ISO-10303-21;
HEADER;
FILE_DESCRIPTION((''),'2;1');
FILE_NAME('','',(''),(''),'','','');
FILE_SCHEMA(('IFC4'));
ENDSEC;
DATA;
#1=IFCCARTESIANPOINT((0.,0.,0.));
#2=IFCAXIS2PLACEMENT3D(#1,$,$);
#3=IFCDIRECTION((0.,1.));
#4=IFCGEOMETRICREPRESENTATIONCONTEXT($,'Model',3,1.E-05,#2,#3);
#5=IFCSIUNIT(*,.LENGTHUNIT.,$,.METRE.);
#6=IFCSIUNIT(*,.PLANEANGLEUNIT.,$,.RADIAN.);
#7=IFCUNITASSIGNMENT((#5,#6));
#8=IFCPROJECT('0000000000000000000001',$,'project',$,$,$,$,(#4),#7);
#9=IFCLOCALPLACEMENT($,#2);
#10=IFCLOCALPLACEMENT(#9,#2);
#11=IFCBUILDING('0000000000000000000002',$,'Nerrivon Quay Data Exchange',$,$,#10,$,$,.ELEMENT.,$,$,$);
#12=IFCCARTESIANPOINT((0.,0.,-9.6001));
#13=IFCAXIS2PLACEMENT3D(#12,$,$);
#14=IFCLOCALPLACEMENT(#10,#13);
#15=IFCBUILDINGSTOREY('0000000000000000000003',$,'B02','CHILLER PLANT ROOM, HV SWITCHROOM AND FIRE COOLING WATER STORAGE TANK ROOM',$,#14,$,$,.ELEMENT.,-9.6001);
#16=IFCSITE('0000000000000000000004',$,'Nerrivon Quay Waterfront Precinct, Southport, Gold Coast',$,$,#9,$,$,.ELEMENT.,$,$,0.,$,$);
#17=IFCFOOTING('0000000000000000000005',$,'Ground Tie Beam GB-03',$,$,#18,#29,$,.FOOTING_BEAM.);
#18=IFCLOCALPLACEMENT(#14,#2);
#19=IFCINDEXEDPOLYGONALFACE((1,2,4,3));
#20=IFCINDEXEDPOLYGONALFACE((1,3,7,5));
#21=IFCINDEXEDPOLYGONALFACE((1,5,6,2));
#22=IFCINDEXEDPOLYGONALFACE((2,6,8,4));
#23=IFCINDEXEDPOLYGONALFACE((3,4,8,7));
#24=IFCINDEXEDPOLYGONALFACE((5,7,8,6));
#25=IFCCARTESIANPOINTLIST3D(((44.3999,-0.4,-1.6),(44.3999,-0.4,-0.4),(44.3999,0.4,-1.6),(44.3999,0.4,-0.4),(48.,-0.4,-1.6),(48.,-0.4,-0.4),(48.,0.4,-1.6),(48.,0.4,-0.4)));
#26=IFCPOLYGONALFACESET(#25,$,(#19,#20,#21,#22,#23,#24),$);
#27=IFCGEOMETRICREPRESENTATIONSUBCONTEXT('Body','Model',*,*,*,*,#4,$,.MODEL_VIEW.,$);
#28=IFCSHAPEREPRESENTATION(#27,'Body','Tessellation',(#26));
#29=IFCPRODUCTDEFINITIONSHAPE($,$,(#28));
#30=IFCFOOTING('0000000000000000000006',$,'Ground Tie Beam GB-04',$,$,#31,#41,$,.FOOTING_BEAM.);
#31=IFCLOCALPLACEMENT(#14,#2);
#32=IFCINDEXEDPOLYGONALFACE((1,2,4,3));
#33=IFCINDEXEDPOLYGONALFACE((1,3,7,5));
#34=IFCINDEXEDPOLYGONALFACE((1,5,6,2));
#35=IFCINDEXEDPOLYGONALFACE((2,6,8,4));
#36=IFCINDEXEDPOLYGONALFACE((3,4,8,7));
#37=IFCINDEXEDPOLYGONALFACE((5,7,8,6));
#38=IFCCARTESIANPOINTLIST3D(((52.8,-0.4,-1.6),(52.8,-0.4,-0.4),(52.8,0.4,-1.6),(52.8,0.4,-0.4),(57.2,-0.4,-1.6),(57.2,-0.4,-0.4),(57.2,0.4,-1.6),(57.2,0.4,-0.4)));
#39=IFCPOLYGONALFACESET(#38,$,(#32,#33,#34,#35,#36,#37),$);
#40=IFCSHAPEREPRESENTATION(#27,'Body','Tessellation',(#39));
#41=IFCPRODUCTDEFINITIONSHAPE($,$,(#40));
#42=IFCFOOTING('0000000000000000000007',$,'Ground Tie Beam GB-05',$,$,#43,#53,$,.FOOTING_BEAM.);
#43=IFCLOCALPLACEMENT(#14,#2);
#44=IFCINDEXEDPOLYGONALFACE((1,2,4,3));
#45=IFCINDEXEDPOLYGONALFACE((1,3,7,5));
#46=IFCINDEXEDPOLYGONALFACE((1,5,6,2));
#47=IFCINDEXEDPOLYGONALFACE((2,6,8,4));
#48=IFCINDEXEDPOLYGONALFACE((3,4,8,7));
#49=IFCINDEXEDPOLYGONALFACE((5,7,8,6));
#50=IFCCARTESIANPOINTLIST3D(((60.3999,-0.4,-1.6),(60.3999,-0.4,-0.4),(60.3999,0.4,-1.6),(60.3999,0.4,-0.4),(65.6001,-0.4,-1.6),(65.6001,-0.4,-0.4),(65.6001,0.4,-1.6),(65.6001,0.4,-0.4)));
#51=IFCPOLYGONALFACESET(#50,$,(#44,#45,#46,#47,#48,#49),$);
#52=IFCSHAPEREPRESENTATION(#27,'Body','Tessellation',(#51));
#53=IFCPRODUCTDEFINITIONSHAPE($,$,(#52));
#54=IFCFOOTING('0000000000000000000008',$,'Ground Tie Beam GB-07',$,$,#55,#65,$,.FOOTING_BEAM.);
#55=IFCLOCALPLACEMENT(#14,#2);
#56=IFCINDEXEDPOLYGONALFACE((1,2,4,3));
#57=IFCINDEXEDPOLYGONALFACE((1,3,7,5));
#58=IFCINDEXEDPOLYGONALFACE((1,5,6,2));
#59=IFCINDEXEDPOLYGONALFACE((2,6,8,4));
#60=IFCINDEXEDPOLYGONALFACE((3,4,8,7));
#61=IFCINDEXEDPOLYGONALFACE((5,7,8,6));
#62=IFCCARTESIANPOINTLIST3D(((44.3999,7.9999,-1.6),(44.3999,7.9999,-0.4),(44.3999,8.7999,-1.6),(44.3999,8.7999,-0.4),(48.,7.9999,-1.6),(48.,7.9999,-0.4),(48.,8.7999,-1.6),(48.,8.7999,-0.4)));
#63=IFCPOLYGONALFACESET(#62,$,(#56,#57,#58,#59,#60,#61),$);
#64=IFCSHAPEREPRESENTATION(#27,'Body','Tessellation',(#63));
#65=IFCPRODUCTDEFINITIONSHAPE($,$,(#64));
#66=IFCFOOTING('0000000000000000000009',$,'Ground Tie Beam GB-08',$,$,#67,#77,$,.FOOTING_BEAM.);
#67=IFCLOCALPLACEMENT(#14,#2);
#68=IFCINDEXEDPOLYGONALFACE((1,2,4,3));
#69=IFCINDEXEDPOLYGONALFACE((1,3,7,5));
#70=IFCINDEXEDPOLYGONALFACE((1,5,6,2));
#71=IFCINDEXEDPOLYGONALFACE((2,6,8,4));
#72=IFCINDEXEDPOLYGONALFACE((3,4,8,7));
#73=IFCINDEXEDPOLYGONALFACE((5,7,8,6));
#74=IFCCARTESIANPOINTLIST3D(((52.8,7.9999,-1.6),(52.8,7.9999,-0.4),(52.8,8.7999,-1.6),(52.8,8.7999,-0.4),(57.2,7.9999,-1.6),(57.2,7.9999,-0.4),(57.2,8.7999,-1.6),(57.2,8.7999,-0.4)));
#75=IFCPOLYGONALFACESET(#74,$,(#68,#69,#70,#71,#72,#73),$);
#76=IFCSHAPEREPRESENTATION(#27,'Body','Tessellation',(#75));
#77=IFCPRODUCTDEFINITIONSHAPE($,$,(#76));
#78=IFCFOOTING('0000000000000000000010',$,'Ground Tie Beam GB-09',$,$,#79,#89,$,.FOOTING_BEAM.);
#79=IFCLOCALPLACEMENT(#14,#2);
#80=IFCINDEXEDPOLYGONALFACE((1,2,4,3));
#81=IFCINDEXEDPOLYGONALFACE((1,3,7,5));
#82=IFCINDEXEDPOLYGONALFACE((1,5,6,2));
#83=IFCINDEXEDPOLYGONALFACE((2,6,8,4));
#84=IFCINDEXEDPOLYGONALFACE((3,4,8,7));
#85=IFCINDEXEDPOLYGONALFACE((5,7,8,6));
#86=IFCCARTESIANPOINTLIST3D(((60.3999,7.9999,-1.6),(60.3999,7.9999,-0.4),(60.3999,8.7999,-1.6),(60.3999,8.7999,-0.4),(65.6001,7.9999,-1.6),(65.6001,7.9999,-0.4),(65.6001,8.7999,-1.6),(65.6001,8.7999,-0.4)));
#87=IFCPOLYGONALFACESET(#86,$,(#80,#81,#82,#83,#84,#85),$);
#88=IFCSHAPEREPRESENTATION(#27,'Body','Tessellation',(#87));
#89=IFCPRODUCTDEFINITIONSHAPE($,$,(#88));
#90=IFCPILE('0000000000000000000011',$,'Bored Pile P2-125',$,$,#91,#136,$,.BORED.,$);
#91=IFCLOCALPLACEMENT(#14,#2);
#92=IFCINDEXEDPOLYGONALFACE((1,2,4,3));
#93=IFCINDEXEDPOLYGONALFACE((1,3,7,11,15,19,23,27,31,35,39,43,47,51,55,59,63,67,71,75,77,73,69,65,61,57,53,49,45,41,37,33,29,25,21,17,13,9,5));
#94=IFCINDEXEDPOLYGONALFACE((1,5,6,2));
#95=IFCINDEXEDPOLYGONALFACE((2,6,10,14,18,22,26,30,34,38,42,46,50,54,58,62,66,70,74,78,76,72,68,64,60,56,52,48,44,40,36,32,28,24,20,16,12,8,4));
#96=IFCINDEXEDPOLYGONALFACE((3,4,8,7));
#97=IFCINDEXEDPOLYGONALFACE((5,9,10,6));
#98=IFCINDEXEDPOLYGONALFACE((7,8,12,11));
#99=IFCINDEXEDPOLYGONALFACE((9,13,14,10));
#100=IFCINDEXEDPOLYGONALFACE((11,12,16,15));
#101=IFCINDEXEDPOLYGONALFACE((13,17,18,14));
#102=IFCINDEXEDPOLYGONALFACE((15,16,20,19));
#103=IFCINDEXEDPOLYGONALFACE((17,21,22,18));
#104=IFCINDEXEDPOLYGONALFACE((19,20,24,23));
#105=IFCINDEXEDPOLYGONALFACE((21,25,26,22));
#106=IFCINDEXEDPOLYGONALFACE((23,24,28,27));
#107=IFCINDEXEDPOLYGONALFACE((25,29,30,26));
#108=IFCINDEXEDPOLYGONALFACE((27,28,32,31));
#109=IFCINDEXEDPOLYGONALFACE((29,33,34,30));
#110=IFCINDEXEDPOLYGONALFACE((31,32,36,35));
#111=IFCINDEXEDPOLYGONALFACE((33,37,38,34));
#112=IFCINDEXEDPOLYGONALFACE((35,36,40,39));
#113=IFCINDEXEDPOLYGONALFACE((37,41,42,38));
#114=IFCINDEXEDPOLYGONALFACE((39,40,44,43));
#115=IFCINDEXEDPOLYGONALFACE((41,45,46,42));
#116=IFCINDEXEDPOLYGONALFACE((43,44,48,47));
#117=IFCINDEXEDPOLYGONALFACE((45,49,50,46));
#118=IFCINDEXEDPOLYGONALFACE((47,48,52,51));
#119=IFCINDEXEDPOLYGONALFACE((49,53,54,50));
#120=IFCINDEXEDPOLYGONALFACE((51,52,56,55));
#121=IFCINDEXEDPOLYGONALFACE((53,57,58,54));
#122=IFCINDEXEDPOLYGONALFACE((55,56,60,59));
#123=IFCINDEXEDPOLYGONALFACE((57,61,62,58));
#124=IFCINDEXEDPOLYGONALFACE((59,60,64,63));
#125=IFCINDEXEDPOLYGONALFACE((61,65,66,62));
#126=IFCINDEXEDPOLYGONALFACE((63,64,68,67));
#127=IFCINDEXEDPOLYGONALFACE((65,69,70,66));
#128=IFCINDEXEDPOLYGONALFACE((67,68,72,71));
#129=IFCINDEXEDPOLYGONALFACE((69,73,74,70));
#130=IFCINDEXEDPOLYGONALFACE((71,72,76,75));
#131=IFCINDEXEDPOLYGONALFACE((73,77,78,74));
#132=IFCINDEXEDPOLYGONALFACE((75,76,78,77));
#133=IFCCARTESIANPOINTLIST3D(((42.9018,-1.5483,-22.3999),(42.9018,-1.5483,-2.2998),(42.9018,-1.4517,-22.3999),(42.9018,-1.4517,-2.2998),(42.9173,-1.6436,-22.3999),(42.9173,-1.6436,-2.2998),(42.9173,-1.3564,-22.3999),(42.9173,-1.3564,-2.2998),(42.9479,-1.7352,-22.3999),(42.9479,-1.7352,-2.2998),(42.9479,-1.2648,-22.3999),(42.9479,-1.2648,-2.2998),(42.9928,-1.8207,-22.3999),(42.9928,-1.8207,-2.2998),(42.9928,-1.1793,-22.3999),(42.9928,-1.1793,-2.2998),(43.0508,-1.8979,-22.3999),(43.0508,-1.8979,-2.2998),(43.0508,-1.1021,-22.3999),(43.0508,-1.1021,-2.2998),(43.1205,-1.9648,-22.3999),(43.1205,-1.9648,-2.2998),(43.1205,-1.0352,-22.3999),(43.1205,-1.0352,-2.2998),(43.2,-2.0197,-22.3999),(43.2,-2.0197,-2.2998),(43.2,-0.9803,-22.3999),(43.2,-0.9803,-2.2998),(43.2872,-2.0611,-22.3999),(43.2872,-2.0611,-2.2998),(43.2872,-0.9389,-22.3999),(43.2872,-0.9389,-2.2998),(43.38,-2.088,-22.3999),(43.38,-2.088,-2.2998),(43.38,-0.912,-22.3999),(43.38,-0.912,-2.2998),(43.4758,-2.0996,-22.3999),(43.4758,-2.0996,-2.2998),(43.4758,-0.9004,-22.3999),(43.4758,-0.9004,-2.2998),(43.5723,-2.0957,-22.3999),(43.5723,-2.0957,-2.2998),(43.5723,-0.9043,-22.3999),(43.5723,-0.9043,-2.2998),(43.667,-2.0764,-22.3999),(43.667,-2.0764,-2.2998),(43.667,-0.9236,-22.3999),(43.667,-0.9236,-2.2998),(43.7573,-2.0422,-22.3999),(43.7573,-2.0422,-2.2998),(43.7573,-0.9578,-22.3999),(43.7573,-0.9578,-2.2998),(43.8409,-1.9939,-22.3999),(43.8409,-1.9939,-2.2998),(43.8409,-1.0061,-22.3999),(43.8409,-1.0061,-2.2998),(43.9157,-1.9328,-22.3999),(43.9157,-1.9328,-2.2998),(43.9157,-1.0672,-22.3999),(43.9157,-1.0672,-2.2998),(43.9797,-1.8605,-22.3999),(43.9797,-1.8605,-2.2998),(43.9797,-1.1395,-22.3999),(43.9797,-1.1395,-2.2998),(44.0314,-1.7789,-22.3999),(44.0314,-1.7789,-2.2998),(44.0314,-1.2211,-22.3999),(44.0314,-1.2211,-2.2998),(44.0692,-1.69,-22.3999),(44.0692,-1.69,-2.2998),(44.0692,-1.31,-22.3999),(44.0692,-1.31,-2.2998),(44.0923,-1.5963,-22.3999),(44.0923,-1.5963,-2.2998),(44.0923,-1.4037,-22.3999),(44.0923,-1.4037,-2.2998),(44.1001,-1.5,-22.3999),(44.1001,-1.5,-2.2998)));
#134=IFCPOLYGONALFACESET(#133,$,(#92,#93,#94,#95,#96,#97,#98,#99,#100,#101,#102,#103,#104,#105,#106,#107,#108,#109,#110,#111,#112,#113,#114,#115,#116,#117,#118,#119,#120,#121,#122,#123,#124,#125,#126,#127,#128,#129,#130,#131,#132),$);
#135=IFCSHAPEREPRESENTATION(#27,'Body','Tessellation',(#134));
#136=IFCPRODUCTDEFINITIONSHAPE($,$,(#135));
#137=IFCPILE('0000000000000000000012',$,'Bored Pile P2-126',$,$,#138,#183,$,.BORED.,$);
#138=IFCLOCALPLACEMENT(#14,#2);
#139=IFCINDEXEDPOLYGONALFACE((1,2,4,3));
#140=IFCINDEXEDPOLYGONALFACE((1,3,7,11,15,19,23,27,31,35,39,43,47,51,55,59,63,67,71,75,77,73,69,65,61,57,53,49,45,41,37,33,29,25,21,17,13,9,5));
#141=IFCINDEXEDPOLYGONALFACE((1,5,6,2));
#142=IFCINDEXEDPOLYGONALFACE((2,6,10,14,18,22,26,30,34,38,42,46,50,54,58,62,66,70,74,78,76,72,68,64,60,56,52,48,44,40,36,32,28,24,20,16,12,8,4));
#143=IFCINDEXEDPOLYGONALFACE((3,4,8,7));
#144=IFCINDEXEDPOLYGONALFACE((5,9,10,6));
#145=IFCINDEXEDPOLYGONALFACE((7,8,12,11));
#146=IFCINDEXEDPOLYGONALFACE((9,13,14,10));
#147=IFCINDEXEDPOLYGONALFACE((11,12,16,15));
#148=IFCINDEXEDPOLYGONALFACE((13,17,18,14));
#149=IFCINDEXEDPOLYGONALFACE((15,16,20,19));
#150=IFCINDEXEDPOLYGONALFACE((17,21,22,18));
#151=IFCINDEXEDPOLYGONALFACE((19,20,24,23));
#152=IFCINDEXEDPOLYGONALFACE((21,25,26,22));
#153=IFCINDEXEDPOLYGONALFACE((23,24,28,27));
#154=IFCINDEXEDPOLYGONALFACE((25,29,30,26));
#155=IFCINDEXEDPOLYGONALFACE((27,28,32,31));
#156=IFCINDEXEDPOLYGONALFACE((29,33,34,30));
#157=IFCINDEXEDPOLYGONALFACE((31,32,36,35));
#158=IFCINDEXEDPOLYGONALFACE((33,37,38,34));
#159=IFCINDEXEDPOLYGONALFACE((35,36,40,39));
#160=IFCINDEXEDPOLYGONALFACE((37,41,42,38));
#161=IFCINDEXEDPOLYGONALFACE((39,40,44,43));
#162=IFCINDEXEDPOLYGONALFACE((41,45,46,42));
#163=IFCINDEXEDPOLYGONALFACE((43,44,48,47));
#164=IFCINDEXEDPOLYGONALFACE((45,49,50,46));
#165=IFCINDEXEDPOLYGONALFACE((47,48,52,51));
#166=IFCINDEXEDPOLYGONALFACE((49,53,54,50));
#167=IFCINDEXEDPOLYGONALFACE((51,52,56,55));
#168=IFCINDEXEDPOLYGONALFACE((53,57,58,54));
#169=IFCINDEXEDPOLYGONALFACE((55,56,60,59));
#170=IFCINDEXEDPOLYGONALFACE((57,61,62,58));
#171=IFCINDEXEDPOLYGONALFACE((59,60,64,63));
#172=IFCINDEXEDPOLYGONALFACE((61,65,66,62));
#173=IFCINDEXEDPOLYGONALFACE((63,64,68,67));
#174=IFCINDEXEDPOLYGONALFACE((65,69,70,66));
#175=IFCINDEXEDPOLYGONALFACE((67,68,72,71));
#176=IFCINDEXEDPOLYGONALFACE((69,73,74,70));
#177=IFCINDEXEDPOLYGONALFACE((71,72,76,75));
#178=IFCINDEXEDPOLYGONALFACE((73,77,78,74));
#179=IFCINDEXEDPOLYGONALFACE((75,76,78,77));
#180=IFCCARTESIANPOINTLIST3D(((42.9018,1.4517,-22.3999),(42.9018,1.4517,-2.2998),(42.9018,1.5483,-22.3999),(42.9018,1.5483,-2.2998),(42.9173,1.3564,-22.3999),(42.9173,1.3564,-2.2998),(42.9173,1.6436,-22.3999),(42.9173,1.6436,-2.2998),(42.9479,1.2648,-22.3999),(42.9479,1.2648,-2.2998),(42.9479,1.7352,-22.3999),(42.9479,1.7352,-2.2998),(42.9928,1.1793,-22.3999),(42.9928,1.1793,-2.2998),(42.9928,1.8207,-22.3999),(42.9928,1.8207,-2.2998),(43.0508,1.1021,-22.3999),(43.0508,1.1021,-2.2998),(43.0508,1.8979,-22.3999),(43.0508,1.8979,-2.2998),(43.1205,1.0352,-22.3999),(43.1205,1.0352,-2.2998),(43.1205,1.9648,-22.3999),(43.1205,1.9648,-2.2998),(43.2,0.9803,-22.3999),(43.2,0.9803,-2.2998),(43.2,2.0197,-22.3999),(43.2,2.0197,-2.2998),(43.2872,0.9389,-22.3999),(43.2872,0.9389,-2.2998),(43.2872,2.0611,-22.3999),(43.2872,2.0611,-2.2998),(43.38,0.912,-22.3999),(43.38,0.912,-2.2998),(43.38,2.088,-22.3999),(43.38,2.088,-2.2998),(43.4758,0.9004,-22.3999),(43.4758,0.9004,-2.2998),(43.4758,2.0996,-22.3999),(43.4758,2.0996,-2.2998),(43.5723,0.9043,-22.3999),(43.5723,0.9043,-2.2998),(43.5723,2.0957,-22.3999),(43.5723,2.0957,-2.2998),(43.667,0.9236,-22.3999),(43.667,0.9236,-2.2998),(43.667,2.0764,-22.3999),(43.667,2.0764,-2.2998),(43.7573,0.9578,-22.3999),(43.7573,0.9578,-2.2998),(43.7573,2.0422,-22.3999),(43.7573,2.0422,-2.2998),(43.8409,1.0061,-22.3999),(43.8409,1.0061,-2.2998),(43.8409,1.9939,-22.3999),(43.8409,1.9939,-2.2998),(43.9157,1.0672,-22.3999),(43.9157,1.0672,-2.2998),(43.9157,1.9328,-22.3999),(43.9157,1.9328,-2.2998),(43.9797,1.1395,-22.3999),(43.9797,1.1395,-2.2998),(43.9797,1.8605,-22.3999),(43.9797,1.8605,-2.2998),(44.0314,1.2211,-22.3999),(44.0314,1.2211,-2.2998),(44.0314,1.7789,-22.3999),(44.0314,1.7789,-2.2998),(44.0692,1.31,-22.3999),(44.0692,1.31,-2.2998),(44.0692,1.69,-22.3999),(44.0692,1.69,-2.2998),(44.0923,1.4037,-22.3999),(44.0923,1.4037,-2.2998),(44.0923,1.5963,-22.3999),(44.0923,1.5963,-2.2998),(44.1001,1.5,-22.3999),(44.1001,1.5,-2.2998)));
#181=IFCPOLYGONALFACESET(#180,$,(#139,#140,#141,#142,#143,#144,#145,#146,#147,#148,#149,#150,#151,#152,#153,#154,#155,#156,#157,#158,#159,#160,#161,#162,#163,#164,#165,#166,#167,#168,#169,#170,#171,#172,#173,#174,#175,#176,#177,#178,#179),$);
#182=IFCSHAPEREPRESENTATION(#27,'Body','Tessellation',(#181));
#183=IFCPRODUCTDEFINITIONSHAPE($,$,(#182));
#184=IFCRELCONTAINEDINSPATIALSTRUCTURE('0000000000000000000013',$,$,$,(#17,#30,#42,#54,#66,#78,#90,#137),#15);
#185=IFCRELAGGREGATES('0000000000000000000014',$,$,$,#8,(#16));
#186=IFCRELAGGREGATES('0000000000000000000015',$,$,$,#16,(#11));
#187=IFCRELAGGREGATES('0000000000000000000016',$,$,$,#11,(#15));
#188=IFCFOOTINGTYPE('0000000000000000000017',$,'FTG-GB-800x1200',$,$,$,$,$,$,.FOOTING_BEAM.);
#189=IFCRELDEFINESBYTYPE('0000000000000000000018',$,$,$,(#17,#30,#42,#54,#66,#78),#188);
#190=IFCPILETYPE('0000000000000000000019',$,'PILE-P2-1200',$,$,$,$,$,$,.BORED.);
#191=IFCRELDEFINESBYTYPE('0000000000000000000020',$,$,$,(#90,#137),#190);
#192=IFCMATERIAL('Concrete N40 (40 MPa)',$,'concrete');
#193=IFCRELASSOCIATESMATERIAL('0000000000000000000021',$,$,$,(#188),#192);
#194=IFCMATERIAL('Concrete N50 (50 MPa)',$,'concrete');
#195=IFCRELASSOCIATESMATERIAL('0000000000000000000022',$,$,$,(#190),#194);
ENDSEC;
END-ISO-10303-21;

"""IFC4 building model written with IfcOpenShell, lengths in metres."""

from ifc_helpers import new_model, si_unit, direction, frame, origin, origin_2d, place, context, subcontext, project, spatial, rectangle, circle, extrude, material, material_profile, profile_set, type_object, element, save


model = new_model("IFC4")

# Units and contexts
model_context = context("Model", 3, precision=1e-05, world=origin(), true_north=direction((0.0, 1.0)))
body_context = subcontext(model_context, "Body", "Model", "MODEL_VIEW")
ifc_project = project(units=[si_unit("LENGTHUNIT", "METRE"), si_unit("PLANEANGLEUNIT", "RADIAN")], contexts=[model_context])

# Site, building, storey
site_placement = place(None, origin())
site = spatial("IfcSite", under=ifc_project, at=site_placement, Name="Nerrivon Quay Waterfront Precinct, Southport, Gold Coast", CompositionType="ELEMENT", RefElevation=0.0)
building_placement = place(site_placement, origin())
building = spatial("IfcBuilding", under=site, at=building_placement, Name="Nerrivon Quay Data Exchange", CompositionType="ELEMENT")
storey_placement = place(building_placement, frame((0.0, 0.0, -9.6001)))
storey = spatial("IfcBuildingStorey", under=building, at=storey_placement, Name="B02", Description="CHILLER PLANT ROOM, HV SWITCHROOM AND FIRE COOLING WATER STORAGE TANK ROOM", CompositionType="ELEMENT", Elevation=-9.6001)

# Footings
ifc_material_1 = material(Name="Concrete N40 (40 MPa)", Category="concrete")
ifc_material_profile_1 = material_profile(ifc_material_1, rectangle(XDim=0.8, YDim=1.2, at=origin_2d()), Name="RC-GB-800x1200")
ifc_profile_set_1 = profile_set([ifc_material_profile_1], Name="Concrete N40 (40 MPa)")
footing_type = type_object("IfcFootingType", Name="FTG-GB-800x1200", PredefinedType="FOOTING_BEAM", material=ifc_profile_set_1)
footing_1_placement = place(storey_placement, frame((44.3999, 0.0, -1.0), z_axis=(1.0, 0.0, 0.0), x_axis=(0.0, 1.0, 0.0)))
element("IfcFooting", 1, at=footing_1_placement, inside=storey, type_object=footing_type, Name="Ground Tie Beam GB-03", PredefinedType="FOOTING_BEAM", context=body_context, shape_type="SweptSolid", body=[
    extrude(rectangle(XDim=0.8, YDim=1.2, at=origin_2d()), origin(), (0.0, 0.0, 1.0), 3.6001),
])
footing_2_placement = place(storey_placement, frame((52.8, 0.0, -1.0), z_axis=(1.0, 0.0, 0.0), x_axis=(0.0, 1.0, 0.0)))
element("IfcFooting", 2, at=footing_2_placement, inside=storey, type_object=footing_type, Name="Ground Tie Beam GB-04", PredefinedType="FOOTING_BEAM", context=body_context, shape_type="SweptSolid", body=[
    extrude(rectangle(XDim=0.8, YDim=1.2, at=origin_2d()), origin(), (0.0, 0.0, 1.0), 4.3999),
])
footing_3_placement = place(storey_placement, frame((60.3999, 0.0, -1.0), z_axis=(1.0, 0.0, 0.0), x_axis=(0.0, 1.0, 0.0)))
element("IfcFooting", 3, at=footing_3_placement, inside=storey, type_object=footing_type, Name="Ground Tie Beam GB-05", PredefinedType="FOOTING_BEAM", context=body_context, shape_type="SweptSolid", body=[
    extrude(rectangle(XDim=0.8, YDim=1.2, at=origin_2d()), origin(), (0.0, 0.0, 1.0), 5.2002),
])
footing_4_placement = place(storey_placement, frame((44.3999, 8.3999, -1.0), z_axis=(1.0, 0.0, 0.0), x_axis=(0.0, 1.0, 0.0)))
element("IfcFooting", 4, at=footing_4_placement, inside=storey, type_object=footing_type, Name="Ground Tie Beam GB-07", PredefinedType="FOOTING_BEAM", context=body_context, shape_type="SweptSolid", body=[
    extrude(rectangle(XDim=0.8, YDim=1.2, at=origin_2d()), origin(), (0.0, 0.0, 1.0), 3.6001),
])
footing_5_placement = place(storey_placement, frame((52.8, 8.3999, -1.0), z_axis=(1.0, 0.0, 0.0), x_axis=(0.0, 1.0, 0.0)))
element("IfcFooting", 5, at=footing_5_placement, inside=storey, type_object=footing_type, Name="Ground Tie Beam GB-08", PredefinedType="FOOTING_BEAM", context=body_context, shape_type="SweptSolid", body=[
    extrude(rectangle(XDim=0.8, YDim=1.2, at=origin_2d()), origin(), (0.0, 0.0, 1.0), 4.3999),
])
footing_6_placement = place(storey_placement, frame((60.3999, 8.3999, -1.0), z_axis=(1.0, 0.0, 0.0), x_axis=(0.0, 1.0, 0.0)))
element("IfcFooting", 6, at=footing_6_placement, inside=storey, type_object=footing_type, Name="Ground Tie Beam GB-09", PredefinedType="FOOTING_BEAM", context=body_context, shape_type="SweptSolid", body=[
    extrude(rectangle(XDim=0.8, YDim=1.2, at=origin_2d()), origin(), (0.0, 0.0, 1.0), 5.2002),
])

# Piles
ifc_material_2 = material(Name="Concrete N50 (50 MPa)", Category="concrete")
ifc_material_profile_2 = material_profile(ifc_material_2, circle(Radius=0.6001, at=origin_2d()), Name="PILE-1200")
ifc_profile_set_2 = profile_set([ifc_material_profile_2], Name="Concrete N50 (50 MPa)")
pile_type = type_object("IfcPileType", Name="PILE-P2-1200", PredefinedType="BORED", material=ifc_profile_set_2)
for number, where, z_axis, x_axis, name in (
    (7, (43.5, -1.5, -2.2998), (0.0, 0.0, -1.0), (1.0, 0.0, 0.0), "Bored Pile P2-125"),
    (8, (43.5, 1.5, -2.2998), (0.0, 0.0, -1.0), (1.0, 0.0, 0.0), "Bored Pile P2-126"),
):
    element("IfcPile", number, at=place(storey_placement, frame(where, z_axis=z_axis, x_axis=x_axis)), inside=storey, type_object=pile_type, Name=name, PredefinedType="BORED", context=body_context, shape_type="SweptSolid", body=[
        extrude(circle(Radius=0.6001, at=origin_2d()), origin(), (0.0, 0.0, 1.0), 20.1001),
    ])

save(model, "model.ifc")
